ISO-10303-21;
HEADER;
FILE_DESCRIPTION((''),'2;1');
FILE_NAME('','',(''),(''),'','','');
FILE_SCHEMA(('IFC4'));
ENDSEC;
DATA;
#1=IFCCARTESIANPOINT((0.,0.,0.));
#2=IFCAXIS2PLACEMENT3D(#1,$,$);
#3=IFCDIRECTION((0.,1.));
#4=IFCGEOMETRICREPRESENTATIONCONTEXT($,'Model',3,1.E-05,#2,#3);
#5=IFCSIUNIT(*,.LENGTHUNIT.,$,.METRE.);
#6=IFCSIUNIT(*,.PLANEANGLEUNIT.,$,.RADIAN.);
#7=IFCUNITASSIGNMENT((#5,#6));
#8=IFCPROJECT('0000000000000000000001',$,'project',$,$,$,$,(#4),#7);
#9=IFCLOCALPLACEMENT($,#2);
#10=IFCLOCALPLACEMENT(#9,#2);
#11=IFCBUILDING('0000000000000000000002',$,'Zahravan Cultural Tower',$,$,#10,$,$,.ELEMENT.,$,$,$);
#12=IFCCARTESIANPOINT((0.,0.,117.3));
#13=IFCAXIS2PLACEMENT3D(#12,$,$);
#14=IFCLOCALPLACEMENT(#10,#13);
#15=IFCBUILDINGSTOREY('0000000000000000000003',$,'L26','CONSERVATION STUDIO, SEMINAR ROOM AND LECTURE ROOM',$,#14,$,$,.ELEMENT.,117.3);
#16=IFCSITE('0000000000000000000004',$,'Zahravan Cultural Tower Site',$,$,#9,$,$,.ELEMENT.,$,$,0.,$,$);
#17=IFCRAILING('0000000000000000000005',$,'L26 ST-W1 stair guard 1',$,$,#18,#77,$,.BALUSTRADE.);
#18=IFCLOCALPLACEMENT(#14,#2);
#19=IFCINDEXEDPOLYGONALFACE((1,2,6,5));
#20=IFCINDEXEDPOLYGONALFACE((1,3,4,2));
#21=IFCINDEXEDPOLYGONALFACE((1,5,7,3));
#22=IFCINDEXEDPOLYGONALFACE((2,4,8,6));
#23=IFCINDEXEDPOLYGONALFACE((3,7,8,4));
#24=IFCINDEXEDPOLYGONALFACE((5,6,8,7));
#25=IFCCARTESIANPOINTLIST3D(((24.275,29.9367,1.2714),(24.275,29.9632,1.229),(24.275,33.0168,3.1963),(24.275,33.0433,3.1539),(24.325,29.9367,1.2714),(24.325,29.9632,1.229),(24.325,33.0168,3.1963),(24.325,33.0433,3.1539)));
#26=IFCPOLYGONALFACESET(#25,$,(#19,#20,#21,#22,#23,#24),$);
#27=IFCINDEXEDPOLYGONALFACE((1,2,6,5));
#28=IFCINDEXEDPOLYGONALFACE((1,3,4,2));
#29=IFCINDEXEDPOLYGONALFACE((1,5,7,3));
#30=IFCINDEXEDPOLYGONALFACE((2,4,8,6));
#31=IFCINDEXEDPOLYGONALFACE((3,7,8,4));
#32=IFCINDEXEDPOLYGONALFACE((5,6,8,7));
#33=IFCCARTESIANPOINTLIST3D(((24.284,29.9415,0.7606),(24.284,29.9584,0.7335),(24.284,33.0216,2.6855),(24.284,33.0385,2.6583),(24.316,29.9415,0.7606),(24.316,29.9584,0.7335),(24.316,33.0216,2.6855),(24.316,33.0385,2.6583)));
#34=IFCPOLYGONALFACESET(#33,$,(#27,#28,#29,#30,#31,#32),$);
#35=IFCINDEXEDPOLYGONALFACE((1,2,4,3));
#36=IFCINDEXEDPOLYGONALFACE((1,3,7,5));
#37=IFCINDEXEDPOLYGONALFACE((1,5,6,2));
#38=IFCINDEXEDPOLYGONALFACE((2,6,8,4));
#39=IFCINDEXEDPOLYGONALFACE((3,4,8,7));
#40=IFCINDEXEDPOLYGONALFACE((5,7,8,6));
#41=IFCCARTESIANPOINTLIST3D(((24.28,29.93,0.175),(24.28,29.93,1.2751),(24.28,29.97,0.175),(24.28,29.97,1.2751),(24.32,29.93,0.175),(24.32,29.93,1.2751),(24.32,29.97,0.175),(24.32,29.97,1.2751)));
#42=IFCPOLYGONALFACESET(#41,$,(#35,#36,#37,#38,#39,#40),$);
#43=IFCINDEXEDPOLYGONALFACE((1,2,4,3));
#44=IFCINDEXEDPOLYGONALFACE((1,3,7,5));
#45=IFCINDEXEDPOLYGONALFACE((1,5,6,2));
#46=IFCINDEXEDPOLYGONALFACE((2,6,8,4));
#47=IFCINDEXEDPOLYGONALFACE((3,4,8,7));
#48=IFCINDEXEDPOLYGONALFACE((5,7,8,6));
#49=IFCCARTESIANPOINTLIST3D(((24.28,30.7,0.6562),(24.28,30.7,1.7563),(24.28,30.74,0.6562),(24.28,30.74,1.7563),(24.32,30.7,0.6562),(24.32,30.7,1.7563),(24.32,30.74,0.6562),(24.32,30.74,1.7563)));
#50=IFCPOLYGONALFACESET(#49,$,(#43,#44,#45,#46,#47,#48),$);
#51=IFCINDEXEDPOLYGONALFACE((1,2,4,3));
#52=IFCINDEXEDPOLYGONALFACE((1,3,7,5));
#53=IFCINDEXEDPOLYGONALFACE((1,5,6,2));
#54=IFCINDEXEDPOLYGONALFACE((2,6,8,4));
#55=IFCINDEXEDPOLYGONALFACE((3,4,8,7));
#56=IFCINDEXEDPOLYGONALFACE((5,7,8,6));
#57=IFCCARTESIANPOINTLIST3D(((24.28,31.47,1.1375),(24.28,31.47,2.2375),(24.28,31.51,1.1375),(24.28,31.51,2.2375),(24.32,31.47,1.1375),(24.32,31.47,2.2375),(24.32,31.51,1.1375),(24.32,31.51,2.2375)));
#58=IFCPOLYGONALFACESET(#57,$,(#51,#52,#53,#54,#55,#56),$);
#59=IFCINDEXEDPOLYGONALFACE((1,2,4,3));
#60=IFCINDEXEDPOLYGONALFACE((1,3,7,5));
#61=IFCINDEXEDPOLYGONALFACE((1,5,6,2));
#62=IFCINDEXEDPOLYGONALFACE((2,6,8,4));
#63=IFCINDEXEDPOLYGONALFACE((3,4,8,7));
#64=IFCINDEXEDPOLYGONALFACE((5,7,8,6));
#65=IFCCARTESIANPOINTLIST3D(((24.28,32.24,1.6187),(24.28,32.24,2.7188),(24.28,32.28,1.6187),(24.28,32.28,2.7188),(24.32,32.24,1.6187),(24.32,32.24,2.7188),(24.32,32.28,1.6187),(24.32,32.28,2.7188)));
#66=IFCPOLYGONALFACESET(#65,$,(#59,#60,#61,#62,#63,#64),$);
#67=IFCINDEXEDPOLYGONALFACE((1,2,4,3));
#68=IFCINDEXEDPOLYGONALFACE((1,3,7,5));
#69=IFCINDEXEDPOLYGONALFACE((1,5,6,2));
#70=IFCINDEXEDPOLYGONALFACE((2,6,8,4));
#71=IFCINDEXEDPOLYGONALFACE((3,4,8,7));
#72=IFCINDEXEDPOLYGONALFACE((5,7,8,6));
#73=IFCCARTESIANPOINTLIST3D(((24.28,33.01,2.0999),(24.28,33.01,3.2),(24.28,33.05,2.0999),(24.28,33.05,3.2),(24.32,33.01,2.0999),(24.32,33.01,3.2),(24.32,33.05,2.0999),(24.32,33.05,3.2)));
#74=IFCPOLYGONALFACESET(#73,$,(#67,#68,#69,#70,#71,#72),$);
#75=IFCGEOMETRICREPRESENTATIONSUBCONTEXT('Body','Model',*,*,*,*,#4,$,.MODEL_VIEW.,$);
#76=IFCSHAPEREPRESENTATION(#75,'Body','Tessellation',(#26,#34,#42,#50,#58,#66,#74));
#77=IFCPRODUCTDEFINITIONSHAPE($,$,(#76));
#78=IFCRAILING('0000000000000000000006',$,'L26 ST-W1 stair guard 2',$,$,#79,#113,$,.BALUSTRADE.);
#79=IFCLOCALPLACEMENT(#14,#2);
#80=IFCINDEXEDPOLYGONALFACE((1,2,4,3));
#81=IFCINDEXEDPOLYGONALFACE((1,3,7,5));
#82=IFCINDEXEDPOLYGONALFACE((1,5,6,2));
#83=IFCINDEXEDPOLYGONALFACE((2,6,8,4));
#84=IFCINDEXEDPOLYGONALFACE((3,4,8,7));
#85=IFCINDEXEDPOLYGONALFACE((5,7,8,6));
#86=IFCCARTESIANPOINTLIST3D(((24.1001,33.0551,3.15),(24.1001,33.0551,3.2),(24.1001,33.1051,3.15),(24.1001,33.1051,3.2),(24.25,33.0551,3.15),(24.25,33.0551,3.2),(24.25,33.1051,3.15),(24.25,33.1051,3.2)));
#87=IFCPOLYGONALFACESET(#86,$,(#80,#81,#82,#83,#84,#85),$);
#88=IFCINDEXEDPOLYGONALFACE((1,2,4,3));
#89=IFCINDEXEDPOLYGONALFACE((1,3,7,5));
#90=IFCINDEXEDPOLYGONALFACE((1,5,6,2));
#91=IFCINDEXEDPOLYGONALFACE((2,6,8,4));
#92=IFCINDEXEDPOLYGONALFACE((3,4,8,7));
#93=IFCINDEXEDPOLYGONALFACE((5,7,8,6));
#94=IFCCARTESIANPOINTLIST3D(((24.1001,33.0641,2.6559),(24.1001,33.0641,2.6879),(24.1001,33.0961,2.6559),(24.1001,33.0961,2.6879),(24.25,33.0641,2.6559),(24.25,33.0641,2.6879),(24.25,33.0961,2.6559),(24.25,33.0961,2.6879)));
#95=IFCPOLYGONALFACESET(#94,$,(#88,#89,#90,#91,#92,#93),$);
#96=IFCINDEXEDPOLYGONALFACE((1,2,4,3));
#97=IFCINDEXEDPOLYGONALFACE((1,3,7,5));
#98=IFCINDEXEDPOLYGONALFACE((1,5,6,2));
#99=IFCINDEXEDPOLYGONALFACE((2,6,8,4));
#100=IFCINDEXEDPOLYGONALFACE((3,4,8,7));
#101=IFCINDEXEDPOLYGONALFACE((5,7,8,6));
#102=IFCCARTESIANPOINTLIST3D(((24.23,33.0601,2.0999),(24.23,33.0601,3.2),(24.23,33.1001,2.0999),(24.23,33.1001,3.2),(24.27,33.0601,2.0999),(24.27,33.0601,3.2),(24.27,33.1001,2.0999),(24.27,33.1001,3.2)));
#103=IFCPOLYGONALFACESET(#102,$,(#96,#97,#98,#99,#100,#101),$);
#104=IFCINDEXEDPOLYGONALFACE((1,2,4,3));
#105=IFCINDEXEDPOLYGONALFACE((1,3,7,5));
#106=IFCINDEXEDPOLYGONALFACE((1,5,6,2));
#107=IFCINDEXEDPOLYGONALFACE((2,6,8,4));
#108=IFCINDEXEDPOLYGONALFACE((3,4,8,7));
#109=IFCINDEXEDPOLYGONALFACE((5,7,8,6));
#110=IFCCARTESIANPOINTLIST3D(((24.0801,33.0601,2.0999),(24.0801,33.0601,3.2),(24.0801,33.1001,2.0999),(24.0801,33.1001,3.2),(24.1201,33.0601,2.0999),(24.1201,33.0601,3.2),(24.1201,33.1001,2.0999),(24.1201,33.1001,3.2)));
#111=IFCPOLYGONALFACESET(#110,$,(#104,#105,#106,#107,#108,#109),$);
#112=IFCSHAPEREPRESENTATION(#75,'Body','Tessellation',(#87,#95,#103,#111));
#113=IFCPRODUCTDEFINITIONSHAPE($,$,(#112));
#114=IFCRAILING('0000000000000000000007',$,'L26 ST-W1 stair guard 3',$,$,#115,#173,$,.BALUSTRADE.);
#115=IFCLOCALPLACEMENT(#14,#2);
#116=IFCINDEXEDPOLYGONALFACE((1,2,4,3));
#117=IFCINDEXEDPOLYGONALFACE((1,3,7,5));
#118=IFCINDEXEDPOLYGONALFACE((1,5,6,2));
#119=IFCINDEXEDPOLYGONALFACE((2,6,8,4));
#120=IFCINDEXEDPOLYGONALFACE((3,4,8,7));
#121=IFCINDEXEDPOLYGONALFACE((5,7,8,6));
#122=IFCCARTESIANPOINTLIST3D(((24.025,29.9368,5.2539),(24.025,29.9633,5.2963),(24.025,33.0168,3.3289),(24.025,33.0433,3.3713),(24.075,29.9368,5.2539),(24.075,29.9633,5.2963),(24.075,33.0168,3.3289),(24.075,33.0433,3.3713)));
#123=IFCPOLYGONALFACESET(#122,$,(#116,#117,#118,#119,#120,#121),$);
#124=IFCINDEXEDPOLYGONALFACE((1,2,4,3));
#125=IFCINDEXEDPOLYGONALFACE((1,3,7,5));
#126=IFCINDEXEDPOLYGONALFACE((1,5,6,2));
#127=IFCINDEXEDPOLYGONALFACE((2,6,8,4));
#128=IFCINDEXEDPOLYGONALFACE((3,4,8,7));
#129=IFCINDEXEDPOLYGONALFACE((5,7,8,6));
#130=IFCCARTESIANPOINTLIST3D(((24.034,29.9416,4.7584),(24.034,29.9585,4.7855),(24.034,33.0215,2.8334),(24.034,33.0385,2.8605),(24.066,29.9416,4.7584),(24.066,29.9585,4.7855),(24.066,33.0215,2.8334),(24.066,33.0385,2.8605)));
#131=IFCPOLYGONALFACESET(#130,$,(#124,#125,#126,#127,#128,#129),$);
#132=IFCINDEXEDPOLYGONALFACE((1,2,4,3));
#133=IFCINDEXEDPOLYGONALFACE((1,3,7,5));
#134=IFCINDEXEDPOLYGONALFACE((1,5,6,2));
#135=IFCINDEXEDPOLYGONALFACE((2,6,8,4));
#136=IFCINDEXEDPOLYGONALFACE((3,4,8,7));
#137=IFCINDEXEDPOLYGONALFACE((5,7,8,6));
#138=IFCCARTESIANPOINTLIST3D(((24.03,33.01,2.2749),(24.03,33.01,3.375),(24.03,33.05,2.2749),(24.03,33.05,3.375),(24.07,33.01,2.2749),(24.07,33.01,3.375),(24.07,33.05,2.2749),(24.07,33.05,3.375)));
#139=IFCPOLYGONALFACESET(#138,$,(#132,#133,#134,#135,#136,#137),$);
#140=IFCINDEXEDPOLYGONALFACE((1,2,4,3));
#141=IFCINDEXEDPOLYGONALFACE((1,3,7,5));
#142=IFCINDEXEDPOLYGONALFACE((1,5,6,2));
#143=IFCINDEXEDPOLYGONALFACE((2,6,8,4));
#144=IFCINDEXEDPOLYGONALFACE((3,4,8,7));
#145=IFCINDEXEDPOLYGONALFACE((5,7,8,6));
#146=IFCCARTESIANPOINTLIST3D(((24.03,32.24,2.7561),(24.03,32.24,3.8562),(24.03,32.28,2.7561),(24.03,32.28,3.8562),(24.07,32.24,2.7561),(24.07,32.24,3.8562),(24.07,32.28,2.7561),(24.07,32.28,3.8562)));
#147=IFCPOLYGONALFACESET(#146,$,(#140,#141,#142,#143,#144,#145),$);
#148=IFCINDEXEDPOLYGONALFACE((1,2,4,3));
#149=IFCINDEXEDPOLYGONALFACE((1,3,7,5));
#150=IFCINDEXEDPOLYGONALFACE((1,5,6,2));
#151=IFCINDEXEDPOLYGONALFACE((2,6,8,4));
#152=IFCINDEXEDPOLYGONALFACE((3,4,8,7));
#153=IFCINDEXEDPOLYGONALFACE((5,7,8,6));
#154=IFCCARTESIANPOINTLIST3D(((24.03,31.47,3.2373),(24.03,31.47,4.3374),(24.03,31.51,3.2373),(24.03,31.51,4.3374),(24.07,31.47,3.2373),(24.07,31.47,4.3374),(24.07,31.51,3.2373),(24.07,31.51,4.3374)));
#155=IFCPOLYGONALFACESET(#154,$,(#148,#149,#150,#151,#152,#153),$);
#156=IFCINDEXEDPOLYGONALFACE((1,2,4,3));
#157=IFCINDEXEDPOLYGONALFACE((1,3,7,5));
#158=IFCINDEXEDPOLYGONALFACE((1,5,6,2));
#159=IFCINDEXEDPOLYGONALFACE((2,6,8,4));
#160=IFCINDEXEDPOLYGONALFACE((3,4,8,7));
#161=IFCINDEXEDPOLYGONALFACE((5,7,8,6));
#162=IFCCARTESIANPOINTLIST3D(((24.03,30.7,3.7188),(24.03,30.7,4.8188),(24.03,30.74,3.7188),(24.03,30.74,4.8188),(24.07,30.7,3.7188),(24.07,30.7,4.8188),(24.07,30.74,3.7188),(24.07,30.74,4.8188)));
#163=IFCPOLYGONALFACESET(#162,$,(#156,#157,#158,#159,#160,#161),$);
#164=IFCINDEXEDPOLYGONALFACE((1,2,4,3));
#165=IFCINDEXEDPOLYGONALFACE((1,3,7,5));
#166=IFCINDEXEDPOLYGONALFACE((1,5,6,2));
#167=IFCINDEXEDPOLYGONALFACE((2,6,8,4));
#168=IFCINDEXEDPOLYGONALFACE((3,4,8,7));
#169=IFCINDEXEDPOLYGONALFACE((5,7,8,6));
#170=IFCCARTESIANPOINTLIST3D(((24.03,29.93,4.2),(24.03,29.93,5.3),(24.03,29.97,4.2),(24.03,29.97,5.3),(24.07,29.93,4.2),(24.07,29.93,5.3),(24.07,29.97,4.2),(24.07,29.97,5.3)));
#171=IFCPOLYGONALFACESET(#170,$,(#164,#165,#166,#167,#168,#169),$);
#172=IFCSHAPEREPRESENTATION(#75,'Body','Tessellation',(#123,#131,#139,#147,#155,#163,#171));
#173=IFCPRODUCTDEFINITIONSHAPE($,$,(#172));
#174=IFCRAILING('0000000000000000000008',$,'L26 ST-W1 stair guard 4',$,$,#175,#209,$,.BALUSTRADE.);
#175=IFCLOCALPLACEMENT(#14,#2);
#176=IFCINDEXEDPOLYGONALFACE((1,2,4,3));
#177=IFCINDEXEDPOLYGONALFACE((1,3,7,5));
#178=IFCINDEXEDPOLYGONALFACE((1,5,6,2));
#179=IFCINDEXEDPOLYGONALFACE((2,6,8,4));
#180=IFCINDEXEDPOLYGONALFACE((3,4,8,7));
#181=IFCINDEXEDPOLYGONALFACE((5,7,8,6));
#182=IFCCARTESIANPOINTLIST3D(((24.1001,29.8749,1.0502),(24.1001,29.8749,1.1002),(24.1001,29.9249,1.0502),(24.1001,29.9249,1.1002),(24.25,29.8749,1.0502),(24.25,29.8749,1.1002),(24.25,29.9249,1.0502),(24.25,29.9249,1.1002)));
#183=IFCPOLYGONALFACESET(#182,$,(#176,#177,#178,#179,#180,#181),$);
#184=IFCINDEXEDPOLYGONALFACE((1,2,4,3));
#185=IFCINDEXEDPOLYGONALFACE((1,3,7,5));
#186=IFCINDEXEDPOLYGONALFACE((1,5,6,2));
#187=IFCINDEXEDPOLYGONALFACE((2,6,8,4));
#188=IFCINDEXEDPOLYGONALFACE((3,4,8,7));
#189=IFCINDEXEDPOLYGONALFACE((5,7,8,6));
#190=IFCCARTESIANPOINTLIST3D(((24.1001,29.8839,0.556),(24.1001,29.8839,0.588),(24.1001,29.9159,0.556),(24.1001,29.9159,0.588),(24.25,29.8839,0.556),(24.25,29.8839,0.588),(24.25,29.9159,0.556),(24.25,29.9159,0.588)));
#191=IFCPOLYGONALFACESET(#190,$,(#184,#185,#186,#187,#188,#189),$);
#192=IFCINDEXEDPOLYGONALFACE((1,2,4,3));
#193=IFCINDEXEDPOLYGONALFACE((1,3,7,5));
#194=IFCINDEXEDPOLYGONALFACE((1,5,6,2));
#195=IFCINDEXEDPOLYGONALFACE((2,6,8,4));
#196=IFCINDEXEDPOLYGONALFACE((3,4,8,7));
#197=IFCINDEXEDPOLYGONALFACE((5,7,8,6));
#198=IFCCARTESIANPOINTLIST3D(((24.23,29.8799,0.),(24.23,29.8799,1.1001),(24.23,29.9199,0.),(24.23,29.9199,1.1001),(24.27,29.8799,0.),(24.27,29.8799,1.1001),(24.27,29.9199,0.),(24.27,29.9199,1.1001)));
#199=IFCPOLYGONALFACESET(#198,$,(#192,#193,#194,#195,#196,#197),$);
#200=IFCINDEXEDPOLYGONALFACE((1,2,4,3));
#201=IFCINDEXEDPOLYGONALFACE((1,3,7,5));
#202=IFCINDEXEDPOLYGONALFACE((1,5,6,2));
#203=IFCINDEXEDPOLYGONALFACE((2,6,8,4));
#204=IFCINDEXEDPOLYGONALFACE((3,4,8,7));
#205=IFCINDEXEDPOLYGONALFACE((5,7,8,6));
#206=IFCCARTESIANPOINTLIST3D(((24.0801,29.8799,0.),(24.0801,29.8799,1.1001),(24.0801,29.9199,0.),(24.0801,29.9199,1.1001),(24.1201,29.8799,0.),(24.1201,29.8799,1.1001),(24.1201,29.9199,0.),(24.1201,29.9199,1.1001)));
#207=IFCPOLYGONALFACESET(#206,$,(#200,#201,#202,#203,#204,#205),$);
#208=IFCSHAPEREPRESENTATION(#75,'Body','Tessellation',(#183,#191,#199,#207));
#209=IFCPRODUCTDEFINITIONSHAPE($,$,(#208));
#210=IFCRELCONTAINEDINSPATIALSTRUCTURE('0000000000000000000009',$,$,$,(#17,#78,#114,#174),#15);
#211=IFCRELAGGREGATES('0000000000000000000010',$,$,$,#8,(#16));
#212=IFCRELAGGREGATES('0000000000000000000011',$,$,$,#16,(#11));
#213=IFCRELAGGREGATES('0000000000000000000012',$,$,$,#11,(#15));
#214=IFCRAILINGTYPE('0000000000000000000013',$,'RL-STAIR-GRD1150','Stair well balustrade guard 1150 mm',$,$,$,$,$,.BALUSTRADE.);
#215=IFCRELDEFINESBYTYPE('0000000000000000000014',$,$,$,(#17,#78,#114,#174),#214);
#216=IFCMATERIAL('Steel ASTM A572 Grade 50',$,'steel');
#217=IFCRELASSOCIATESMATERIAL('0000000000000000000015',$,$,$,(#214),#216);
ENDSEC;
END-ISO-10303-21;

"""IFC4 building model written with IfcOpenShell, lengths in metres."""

from ifc_helpers import new_model, si_unit, direction, frame, origin, origin_2d, place, context, subcontext, project, spatial, rectangle, extrude, material, type_object, element, save


model = new_model("IFC4")

# Units and contexts
model_context = context("Model", 3, precision=1e-05, world=origin(), true_north=direction((0.0, 1.0)))
body_context = subcontext(model_context, "Body", "Model", "MODEL_VIEW")
ifc_project = project(units=[si_unit("LENGTHUNIT", "METRE"), si_unit("PLANEANGLEUNIT", "RADIAN")], contexts=[model_context])

# Site, building, storey
site_placement = place(None, origin())
site = spatial("IfcSite", under=ifc_project, at=site_placement, Name="Zahravan Cultural Tower Site", CompositionType="ELEMENT", RefElevation=0.0)
building_placement = place(site_placement, origin())
building = spatial("IfcBuilding", under=site, at=building_placement, Name="Zahravan Cultural Tower", CompositionType="ELEMENT")
storey_placement = place(building_placement, frame((0.0, 0.0, 117.3)))
storey = spatial("IfcBuildingStorey", under=building, at=storey_placement, Name="L26", Description="CONSERVATION STUDIO, SEMINAR ROOM AND LECTURE ROOM", CompositionType="ELEMENT", Elevation=117.3)

# Railings
ifc_material_1 = material(Name="Steel ASTM A572 Grade 50", Category="steel")
railing_type_1 = type_object("IfcRailingType", Name="RL-STAIR-GRD1150", Description="Stair well balustrade guard 1150 mm", PredefinedType="BALUSTRADE", material=ifc_material_1)
railing_1_placement = place(storey_placement, frame((24.3, 29.95, 0.175)))
element("IfcRailing", 1, at=railing_1_placement, inside=storey, type_object=railing_type_1, Name="L26 ST-W1 stair guard 1", PredefinedType="BALUSTRADE", context=body_context, shape_type="SweptSolid", body=[
    extrude(rectangle(XDim=0.05, YDim=0.05, at=origin_2d()), frame((0.0, 0.0, 1.0752), z_axis=(0.0, 0.848029, 0.529951), x_axis=(-1.0, 0.0, 0.0)), (0.0, 0.0, 1.0), 3.6321),
    extrude(rectangle(XDim=0.032, YDim=0.032, at=origin_2d()), frame((0.0, 0.0, 0.572), z_axis=(0.0, 0.848029, 0.529951), x_axis=(-1.0, 0.0, 0.0)), (0.0, 0.0, 1.0), 3.6321),
    extrude(rectangle(XDim=0.04, YDim=0.04, at=origin_2d()), origin(), (0.0, 0.0, 1.0), 1.1001),
    extrude(rectangle(XDim=0.04, YDim=0.04, at=origin_2d()), frame((0.0, 0.77, 0.4812)), (0.0, 0.0, 1.0), 1.1001),
    extrude(rectangle(XDim=0.04, YDim=0.04, at=origin_2d()), frame((0.0, 1.54, 0.9624)), (0.0, 0.0, 1.0), 1.1001),
    extrude(rectangle(XDim=0.04, YDim=0.04, at=origin_2d()), frame((0.0, 2.3101, 1.4436)), (0.0, 0.0, 1.0), 1.1001),
    extrude(rectangle(XDim=0.04, YDim=0.04, at=origin_2d()), frame((0.0, 3.0801, 1.9248)), (0.0, 0.0, 1.0), 1.1001),
])
railing_2_placement = place(storey_placement, frame((24.25, 33.0801, 2.0999)))
element("IfcRailing", 2, at=railing_2_placement, inside=storey, type_object=railing_type_1, Name="L26 ST-W1 stair guard 2", PredefinedType="BALUSTRADE", context=body_context, shape_type="SweptSolid", body=[
    extrude(rectangle(XDim=0.05, YDim=0.05, at=origin_2d()), frame((0.0, 0.0, 1.0752), z_axis=(-1.0, 0.0, 0.0), x_axis=(0.0, -1.0, 0.0)), (0.0, 0.0, 1.0), 0.1499),
    extrude(rectangle(XDim=0.032, YDim=0.032, at=origin_2d()), frame((0.0, 0.0, 0.572), z_axis=(-1.0, 0.0, 0.0), x_axis=(0.0, -1.0, 0.0)), (0.0, 0.0, 1.0), 0.1499),
    extrude(rectangle(XDim=0.04, YDim=0.04, at=origin_2d()), origin(), (0.0, 0.0, 1.0), 1.1001),
    extrude(rectangle(XDim=0.04, YDim=0.04, at=origin_2d()), frame((-0.1499, 0.0, 0.0)), (0.0, 0.0, 1.0), 1.1001),
])
railing_3_placement = place(storey_placement, frame((24.05, 33.03, 2.2749)))
element("IfcRailing", 3, at=railing_3_placement, inside=storey, type_object=railing_type_1, Name="L26 ST-W1 stair guard 3", PredefinedType="BALUSTRADE", context=body_context, shape_type="SweptSolid", body=[
    extrude(rectangle(XDim=0.05, YDim=0.05, at=origin_2d()), frame((0.0, 0.0, 1.0752), z_axis=(0.0, -0.847998, 0.529999), x_axis=(1.0, 0.0, 0.0)), (0.0, 0.0, 1.0), 3.6321),
    extrude(rectangle(XDim=0.032, YDim=0.032, at=origin_2d()), frame((0.0, 0.0, 0.572), z_axis=(0.0, -0.847998, 0.529999), x_axis=(1.0, 0.0, 0.0)), (0.0, 0.0, 1.0), 3.6321),
    extrude(rectangle(XDim=0.04, YDim=0.04, at=origin_2d()), origin(), (0.0, 0.0, 1.0), 1.1001),
    extrude(rectangle(XDim=0.04, YDim=0.04, at=origin_2d()), frame((0.0, -0.77, 0.4812)), (0.0, 0.0, 1.0), 1.1001),
    extrude(rectangle(XDim=0.04, YDim=0.04, at=origin_2d()), frame((0.0, -1.54, 0.9624)), (0.0, 0.0, 1.0), 1.1001),
    extrude(rectangle(XDim=0.04, YDim=0.04, at=origin_2d()), frame((0.0, -2.3101, 1.4438)), (0.0, 0.0, 1.0), 1.1001),
    extrude(rectangle(XDim=0.04, YDim=0.04, at=origin_2d()), frame((0.0, -3.0801, 1.925)), (0.0, 0.0, 1.0), 1.1001),
])
railing_4_placement = place(storey_placement, frame((24.25, 29.8999, 0.0)))
element("IfcRailing", 4, at=railing_4_placement, inside=storey, type_object=railing_type_1, Name="L26 ST-W1 stair guard 4", PredefinedType="BALUSTRADE", context=body_context, shape_type="SweptSolid", body=[
    extrude(rectangle(XDim=0.05, YDim=0.05, at=origin_2d()), frame((0.0, 0.0, 1.0752), z_axis=(-1.0, 0.0, 0.0), x_axis=(0.0, -1.0, 0.0)), (0.0, 0.0, 1.0), 0.1499),
    extrude(rectangle(XDim=0.032, YDim=0.032, at=origin_2d()), frame((0.0, 0.0, 0.572), z_axis=(-1.0, 0.0, 0.0), x_axis=(0.0, -1.0, 0.0)), (0.0, 0.0, 1.0), 0.1499),
    extrude(rectangle(XDim=0.04, YDim=0.04, at=origin_2d()), origin(), (0.0, 0.0, 1.0), 1.1001),
    extrude(rectangle(XDim=0.04, YDim=0.04, at=origin_2d()), frame((-0.1499, 0.0, 0.0)), (0.0, 0.0, 1.0), 1.1001),
])

save(model, "model.ifc")
